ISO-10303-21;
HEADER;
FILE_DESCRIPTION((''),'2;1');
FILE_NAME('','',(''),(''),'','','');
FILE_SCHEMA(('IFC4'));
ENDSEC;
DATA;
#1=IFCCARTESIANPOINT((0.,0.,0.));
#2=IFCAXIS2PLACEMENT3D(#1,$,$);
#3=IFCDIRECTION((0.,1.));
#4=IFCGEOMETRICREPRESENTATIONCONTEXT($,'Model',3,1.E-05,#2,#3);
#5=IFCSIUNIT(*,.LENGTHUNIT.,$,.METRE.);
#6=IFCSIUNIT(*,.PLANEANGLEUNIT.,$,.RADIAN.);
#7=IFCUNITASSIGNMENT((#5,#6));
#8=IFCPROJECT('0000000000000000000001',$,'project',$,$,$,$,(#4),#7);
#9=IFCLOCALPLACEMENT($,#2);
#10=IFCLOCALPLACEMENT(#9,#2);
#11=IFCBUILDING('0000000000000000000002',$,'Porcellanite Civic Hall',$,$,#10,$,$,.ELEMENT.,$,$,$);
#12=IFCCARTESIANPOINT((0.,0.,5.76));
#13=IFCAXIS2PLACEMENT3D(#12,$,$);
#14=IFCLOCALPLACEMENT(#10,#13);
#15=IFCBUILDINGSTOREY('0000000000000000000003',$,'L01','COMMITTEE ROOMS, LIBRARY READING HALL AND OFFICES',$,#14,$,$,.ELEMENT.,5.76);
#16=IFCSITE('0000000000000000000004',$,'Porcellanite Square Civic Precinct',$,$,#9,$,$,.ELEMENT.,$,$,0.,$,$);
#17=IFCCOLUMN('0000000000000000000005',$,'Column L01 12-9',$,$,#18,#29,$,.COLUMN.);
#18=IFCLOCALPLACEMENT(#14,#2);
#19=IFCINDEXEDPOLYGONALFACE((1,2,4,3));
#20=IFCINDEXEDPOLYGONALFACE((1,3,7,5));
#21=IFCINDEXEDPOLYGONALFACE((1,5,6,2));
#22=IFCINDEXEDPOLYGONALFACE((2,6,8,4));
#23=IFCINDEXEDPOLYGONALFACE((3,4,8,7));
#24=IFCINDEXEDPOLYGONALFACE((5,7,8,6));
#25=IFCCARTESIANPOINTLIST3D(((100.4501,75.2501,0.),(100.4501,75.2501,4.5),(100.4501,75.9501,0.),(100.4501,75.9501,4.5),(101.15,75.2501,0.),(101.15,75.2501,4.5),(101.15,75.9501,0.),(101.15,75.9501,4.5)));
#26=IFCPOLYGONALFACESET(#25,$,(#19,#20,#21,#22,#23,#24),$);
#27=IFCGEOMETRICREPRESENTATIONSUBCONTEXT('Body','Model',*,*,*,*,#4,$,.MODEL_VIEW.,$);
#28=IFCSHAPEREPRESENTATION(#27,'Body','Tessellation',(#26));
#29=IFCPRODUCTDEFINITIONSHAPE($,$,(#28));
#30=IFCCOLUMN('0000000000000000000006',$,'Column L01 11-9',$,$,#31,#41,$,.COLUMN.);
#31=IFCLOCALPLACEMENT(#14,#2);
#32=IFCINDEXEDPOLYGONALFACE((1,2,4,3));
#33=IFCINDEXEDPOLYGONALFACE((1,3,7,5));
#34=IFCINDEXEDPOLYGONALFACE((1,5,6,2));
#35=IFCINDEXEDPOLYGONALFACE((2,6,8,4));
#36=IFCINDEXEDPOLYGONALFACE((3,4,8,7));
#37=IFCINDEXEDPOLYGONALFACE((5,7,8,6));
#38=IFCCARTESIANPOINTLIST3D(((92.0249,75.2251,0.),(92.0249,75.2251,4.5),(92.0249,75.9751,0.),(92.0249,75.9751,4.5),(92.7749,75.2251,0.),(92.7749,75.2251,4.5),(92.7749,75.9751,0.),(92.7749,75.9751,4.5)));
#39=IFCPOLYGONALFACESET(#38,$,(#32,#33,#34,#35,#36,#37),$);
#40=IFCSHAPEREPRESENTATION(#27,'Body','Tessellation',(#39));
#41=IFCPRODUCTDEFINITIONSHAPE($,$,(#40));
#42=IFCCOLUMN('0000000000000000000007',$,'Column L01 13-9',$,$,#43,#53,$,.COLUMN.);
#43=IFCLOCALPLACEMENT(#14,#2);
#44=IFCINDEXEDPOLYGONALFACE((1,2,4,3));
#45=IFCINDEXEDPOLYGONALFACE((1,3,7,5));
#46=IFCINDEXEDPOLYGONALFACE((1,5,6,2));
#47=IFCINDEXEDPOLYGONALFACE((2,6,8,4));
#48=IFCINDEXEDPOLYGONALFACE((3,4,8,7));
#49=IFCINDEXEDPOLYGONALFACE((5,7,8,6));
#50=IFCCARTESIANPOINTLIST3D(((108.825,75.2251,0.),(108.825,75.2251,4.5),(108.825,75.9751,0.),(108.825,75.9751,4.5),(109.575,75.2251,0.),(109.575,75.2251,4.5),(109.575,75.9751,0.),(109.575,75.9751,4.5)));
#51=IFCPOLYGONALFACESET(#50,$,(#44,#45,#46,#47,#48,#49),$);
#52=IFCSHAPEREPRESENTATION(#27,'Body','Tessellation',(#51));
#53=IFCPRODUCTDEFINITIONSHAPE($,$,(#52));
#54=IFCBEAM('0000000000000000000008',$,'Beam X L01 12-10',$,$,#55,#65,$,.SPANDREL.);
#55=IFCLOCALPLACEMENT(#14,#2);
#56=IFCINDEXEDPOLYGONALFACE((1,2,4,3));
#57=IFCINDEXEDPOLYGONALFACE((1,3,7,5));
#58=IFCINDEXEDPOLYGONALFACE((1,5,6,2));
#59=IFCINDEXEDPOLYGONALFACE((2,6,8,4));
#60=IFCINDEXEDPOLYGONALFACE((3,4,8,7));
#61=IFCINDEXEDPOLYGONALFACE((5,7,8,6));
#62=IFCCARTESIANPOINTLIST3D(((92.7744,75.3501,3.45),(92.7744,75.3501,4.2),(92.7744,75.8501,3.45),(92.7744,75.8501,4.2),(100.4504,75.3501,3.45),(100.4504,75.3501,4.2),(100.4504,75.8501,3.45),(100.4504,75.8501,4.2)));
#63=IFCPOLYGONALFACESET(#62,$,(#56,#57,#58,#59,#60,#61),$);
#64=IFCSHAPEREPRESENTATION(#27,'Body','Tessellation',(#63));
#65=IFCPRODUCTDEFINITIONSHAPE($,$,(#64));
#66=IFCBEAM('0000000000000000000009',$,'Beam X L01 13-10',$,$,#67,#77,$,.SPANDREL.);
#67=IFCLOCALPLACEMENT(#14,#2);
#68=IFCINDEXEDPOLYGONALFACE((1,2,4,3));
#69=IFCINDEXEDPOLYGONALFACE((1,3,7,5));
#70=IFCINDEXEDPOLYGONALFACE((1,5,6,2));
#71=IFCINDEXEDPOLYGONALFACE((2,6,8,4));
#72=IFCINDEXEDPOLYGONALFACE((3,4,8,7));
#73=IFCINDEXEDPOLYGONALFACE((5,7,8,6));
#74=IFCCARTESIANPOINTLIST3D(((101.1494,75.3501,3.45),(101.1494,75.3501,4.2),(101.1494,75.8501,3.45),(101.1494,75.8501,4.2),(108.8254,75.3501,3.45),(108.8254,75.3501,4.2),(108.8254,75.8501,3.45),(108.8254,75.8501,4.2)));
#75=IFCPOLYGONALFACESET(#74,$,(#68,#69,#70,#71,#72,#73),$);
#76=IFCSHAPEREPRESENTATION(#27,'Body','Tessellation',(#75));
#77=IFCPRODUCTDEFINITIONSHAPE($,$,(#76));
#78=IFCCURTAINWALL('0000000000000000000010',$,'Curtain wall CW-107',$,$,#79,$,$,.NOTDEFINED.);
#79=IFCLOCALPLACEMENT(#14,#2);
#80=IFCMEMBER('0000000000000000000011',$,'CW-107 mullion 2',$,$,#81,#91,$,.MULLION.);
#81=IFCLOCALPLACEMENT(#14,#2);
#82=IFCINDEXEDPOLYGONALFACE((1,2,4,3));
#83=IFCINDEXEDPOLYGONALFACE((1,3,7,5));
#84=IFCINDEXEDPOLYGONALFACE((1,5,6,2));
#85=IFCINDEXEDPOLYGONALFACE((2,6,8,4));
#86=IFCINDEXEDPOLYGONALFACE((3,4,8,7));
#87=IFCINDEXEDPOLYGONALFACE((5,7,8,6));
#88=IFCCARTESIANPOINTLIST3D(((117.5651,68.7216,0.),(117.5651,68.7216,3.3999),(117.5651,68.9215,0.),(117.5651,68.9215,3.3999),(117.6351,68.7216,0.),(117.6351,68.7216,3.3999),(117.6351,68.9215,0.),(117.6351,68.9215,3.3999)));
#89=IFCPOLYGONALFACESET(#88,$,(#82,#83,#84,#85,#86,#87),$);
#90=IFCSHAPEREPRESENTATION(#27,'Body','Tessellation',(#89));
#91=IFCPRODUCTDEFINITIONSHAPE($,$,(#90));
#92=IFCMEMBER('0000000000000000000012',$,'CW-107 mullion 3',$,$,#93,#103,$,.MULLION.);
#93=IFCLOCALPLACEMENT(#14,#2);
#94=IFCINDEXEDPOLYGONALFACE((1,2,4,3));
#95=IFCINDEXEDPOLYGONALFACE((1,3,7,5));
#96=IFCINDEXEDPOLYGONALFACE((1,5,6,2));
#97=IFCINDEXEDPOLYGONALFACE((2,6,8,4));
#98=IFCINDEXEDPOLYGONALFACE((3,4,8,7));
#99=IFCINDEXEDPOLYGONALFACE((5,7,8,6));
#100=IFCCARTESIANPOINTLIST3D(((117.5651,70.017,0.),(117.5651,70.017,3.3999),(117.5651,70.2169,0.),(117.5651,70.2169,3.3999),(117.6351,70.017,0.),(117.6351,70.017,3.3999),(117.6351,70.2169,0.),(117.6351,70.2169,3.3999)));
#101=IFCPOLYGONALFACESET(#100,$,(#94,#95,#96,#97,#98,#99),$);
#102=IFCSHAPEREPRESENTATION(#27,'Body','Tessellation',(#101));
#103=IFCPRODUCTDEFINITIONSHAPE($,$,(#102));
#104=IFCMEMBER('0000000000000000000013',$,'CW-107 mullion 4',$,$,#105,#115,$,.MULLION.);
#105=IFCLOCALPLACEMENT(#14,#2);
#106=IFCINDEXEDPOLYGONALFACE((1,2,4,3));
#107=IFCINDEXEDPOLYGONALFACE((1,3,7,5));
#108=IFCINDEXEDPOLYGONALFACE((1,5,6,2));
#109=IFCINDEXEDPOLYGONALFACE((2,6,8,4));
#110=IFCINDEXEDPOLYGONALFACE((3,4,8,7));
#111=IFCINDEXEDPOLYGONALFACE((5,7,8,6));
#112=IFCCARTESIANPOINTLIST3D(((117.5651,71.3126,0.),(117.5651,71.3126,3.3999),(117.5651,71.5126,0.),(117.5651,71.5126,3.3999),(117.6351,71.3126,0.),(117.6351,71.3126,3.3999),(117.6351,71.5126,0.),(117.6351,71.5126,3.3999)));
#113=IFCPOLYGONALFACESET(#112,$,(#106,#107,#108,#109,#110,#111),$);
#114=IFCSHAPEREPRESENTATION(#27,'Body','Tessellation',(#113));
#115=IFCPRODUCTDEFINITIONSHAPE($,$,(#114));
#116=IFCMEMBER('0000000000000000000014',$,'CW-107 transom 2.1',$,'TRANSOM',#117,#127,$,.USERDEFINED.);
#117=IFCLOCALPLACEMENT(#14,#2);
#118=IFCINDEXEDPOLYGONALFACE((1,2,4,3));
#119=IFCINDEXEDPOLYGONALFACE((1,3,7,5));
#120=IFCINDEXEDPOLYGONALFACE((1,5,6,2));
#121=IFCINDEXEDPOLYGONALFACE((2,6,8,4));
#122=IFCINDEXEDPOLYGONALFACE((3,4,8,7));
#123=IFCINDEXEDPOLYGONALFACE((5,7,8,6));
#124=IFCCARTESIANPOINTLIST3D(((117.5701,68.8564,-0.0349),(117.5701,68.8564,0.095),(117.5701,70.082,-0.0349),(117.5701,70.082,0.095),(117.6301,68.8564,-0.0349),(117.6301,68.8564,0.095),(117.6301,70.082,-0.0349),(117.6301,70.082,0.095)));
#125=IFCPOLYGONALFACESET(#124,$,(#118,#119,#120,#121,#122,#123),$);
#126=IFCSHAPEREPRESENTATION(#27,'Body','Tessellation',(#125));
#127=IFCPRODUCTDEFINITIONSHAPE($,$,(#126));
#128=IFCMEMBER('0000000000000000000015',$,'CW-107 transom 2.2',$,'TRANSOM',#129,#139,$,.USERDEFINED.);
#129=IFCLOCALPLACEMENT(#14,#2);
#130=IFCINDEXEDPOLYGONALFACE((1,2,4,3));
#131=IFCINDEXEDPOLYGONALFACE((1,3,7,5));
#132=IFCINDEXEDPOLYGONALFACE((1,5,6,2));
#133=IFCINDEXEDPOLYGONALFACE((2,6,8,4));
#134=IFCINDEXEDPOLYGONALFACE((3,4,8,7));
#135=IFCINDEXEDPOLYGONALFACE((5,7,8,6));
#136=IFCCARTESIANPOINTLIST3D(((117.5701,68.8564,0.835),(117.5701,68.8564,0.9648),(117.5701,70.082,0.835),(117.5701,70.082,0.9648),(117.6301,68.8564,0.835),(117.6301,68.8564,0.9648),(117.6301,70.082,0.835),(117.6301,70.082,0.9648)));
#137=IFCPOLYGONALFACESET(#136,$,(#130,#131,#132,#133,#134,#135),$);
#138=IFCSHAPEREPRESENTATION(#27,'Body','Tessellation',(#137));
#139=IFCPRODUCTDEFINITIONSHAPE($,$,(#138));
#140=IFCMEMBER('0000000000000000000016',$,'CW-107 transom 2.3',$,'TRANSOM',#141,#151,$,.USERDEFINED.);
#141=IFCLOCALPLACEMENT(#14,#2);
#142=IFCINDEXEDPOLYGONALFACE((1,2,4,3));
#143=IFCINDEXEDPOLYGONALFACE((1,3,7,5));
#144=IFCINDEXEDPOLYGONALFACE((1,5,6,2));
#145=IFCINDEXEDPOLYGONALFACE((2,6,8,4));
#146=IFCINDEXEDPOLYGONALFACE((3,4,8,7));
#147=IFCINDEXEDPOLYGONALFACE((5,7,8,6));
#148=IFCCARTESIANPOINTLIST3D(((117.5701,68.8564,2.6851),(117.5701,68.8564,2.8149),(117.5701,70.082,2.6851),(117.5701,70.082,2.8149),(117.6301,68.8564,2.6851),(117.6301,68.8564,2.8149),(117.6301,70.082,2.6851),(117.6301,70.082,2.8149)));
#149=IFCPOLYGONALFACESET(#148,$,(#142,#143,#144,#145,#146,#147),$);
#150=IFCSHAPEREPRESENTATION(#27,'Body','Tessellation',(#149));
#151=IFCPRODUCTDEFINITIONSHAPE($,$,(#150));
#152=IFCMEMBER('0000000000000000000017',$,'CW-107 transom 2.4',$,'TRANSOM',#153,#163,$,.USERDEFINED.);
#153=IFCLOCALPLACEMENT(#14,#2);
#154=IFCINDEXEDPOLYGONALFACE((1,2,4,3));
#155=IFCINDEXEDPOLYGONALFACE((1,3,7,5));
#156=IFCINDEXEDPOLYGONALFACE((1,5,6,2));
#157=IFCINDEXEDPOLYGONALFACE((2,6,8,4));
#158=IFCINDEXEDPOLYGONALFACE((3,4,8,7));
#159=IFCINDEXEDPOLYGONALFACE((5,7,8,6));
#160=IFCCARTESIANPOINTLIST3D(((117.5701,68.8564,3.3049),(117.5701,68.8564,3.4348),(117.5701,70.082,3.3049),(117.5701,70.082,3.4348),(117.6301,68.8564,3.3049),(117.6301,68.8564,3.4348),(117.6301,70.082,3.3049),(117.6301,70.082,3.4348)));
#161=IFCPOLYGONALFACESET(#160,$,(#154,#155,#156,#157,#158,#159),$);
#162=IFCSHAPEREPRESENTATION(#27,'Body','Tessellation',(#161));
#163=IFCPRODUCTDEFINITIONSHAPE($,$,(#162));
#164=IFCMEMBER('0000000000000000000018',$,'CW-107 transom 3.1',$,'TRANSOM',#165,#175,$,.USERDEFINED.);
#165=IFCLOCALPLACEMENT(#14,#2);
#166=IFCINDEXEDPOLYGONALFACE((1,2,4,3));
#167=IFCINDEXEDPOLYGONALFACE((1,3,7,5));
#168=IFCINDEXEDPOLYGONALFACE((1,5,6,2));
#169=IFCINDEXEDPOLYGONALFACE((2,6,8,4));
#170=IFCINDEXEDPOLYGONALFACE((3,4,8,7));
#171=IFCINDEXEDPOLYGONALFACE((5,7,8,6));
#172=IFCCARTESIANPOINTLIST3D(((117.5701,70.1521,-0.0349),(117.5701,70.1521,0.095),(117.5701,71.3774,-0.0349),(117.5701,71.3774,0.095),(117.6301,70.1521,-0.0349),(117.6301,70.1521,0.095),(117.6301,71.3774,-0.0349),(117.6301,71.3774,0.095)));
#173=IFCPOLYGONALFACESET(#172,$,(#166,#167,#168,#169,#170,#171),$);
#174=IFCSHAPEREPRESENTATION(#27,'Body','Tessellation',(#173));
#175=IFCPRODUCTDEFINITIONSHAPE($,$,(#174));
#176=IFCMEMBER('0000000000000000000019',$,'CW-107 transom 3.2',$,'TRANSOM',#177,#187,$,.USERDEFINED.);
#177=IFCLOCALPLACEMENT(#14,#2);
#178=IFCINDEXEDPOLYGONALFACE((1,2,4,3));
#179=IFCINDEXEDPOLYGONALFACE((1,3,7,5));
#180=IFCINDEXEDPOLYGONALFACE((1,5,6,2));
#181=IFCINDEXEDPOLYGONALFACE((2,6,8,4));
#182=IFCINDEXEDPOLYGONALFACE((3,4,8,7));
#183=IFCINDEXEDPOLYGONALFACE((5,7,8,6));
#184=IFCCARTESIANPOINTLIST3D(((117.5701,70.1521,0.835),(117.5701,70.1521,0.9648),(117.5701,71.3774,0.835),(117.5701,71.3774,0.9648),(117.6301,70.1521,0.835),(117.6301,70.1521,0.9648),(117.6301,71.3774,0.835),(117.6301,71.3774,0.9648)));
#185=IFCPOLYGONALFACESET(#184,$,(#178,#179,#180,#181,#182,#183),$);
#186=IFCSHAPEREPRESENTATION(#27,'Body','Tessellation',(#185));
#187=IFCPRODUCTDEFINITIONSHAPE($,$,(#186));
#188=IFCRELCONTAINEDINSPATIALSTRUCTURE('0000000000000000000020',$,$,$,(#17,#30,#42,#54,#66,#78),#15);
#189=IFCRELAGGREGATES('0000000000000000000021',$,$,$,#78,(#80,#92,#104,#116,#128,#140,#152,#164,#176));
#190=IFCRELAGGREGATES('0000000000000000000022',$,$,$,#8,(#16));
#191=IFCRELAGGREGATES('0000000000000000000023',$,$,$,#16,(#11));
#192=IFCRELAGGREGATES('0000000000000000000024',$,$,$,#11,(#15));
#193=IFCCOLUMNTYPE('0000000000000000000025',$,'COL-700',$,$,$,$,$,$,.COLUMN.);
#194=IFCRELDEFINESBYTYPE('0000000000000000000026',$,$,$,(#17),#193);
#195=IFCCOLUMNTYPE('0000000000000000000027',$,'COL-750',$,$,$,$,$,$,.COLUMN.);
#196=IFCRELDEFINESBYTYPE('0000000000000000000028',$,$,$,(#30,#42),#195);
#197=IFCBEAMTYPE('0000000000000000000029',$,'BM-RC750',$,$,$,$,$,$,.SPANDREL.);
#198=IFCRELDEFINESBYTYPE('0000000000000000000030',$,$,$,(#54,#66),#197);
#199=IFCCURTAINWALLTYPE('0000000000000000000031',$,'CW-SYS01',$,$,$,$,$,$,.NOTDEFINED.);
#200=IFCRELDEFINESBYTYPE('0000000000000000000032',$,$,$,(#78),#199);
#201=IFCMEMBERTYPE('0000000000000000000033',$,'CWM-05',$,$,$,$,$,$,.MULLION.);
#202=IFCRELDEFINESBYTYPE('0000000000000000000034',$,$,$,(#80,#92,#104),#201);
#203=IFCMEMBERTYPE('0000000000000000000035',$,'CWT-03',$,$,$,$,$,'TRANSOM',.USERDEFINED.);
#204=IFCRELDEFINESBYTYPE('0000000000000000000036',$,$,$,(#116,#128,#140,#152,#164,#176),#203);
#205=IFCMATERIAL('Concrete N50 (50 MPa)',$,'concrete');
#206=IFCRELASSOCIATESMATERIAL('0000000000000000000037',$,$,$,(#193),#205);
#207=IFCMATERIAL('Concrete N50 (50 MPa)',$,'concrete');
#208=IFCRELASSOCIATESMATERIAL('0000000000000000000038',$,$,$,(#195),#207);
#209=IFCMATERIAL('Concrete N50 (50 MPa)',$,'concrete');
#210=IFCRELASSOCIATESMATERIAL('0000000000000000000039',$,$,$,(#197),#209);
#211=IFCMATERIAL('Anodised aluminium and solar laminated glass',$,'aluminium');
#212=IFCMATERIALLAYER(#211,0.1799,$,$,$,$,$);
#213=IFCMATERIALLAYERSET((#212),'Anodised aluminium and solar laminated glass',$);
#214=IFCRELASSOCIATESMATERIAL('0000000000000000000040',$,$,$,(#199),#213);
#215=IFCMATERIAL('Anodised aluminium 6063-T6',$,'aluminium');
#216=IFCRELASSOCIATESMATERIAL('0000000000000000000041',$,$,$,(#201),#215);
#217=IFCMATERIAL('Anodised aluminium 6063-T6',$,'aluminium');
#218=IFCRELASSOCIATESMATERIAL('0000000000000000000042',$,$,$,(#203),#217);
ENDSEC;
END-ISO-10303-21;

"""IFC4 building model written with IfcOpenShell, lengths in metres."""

from ifc_helpers import new_model, si_unit, direction, frame, origin, origin_2d, place, context, subcontext, project, spatial, rectangle, extrude, material, layer, layer_set, material_profile, profile_set, type_object, element, aggregate, save


model = new_model("IFC4")

# Units and contexts
model_context = context("Model", 3, precision=1e-05, world=origin(), true_north=direction((0.0, 1.0)))
body_context = subcontext(model_context, "Body", "Model", "MODEL_VIEW")
ifc_project = project(units=[si_unit("LENGTHUNIT", "METRE"), si_unit("PLANEANGLEUNIT", "RADIAN")], contexts=[model_context])

# Site, building, storey
site_placement = place(None, origin())
site = spatial("IfcSite", under=ifc_project, at=site_placement, Name="Porcellanite Square Civic Precinct", CompositionType="ELEMENT", RefElevation=0.0)
building_placement = place(site_placement, origin())
building = spatial("IfcBuilding", under=site, at=building_placement, Name="Porcellanite Civic Hall", CompositionType="ELEMENT")
storey_placement = place(building_placement, frame((0.0, 0.0, 5.76)))
storey = spatial("IfcBuildingStorey", under=building, at=storey_placement, Name="L01", Description="COMMITTEE ROOMS, LIBRARY READING HALL AND OFFICES", CompositionType="ELEMENT", Elevation=5.76)

# Columns
ifc_material_1 = material(Name="Concrete N50 (50 MPa)", Category="concrete")
ifc_material_profile_1 = material_profile(ifc_material_1, rectangle(XDim=0.7, YDim=0.7, at=origin_2d()), Name="RC-700x700")
ifc_profile_set_1 = profile_set([ifc_material_profile_1], Name="Concrete N50 (50 MPa)")
column_type_1 = type_object("IfcColumnType", Name="COL-700", PredefinedType="COLUMN", material=ifc_profile_set_1)
column_placement = place(storey_placement, frame((100.8, 75.6001, 0.0), z_axis=(0.0, 0.0, 1.0), x_axis=(1.0, 0.0, 0.0)))
element("IfcColumn", 1, at=column_placement, inside=storey, type_object=column_type_1, Name="Column L01 12-9", PredefinedType="COLUMN", context=body_context, shape_type="SweptSolid", body=[
    extrude(rectangle(XDim=0.7, YDim=0.7, at=origin_2d()), origin(), (0.0, 0.0, 1.0), 4.5),
])
ifc_material_2 = material(Name="Concrete N50 (50 MPa)", Category="concrete")
ifc_material_profile_2 = material_profile(ifc_material_2, rectangle(XDim=0.75, YDim=0.75, at=origin_2d()), Name="RC-750x750")
ifc_profile_set_2 = profile_set([ifc_material_profile_2], Name="Concrete N50 (50 MPa)")
column_type_2 = type_object("IfcColumnType", Name="COL-750", PredefinedType="COLUMN", material=ifc_profile_set_2)
for number, where, z_axis, x_axis, name in (
    (2, (92.3999, 75.6001, 0.0), (0.0, 0.0, 1.0), (1.0, 0.0, 0.0), "Column L01 11-9"),
    (3, (109.2, 75.6001, 0.0), (0.0, 0.0, 1.0), (1.0, 0.0, 0.0), "Column L01 13-9"),
):
    element("IfcColumn", number, at=place(storey_placement, frame(where, z_axis=z_axis, x_axis=x_axis)), inside=storey, type_object=column_type_2, Name=name, PredefinedType="COLUMN", context=body_context, shape_type="SweptSolid", body=[
        extrude(rectangle(XDim=0.75, YDim=0.75, at=origin_2d()), origin(), (0.0, 0.0, 1.0), 4.5),
    ])

# Beams
ifc_material_3 = material(Name="Concrete N50 (50 MPa)", Category="concrete")
ifc_material_profile_3 = material_profile(ifc_material_3, rectangle(XDim=0.5, YDim=0.75, at=origin_2d()), Name="RC-500x750")
ifc_profile_set_3 = profile_set([ifc_material_profile_3], Name="Concrete N50 (50 MPa)")
beam_type = type_object("IfcBeamType", Name="BM-RC750", PredefinedType="SPANDREL", material=ifc_profile_set_3)
for number, where, z_axis, x_axis, name in (
    (4, (92.7744, 75.6001, 3.825), (1.0, 0.0, 0.0), (0.0, 1.0, 0.0), "Beam X L01 12-10"),
    (5, (101.1494, 75.6001, 3.825), (1.0, 0.0, 0.0), (0.0, 1.0, 0.0), "Beam X L01 13-10"),
):
    element("IfcBeam", number, at=place(storey_placement, frame(where, z_axis=z_axis, x_axis=x_axis)), inside=storey, type_object=beam_type, Name=name, PredefinedType="SPANDREL", context=body_context, shape_type="SweptSolid", body=[
        extrude(rectangle(XDim=0.5, YDim=0.75, at=origin_2d()), origin(), (0.0, 0.0, 1.0), 7.676),
    ])

# Curtain wall, members
ifc_material_4 = material(Name="Anodised aluminium and solar laminated glass", Category="aluminium")
ifc_layer_1 = layer(ifc_material_4, 0.1799)
ifc_layer_set_1 = layer_set([ifc_layer_1], Name="Anodised aluminium and solar laminated glass")
curtain_wall_type = type_object("IfcCurtainWallType", Name="CW-SYS01", PredefinedType="NOTDEFINED", material=ifc_layer_set_1)
curtain_wall_placement = place(storey_placement, origin())
curtain_wall = element("IfcCurtainWall", 6, at=curtain_wall_placement, inside=storey, type_object=curtain_wall_type, Name="Curtain wall CW-107", PredefinedType="NOTDEFINED")
ifc_material_5 = material(Name="Anodised aluminium 6063-T6", Category="aluminium")
ifc_material_profile_4 = material_profile(ifc_material_5, rectangle(XDim=0.0701, YDim=0.2, at=origin_2d()), Name="AL-70x200")
ifc_profile_set_4 = profile_set([ifc_material_profile_4], Name="Anodised aluminium 6063-T6")
member_type_1 = type_object("IfcMemberType", Name="CWM-05", PredefinedType="MULLION", material=ifc_profile_set_4)
member_1_placement = place(storey_placement, frame((117.6001, 68.8215, 0.0), z_axis=(0.0, 0.0, 1.0), x_axis=(-1.0, 0.0, 0.0)))
member_1 = element("IfcMember", 7, at=member_1_placement, type_object=member_type_1, Name="CW-107 mullion 2", PredefinedType="MULLION", context=body_context, shape_type="SweptSolid", body=[
    extrude(rectangle(XDim=0.0701, YDim=0.2, at=origin_2d()), origin(), (0.0, 0.0, 1.0), 3.3999),
])
member_2_placement = place(storey_placement, frame((117.6001, 70.1169, 0.0), z_axis=(0.0, 0.0, 1.0), x_axis=(-1.0, 0.0, 0.0)))
member_2 = element("IfcMember", 8, at=member_2_placement, type_object=member_type_1, Name="CW-107 mullion 3", PredefinedType="MULLION", context=body_context, shape_type="SweptSolid", body=[
    extrude(rectangle(XDim=0.0701, YDim=0.2, at=origin_2d()), origin(), (0.0, 0.0, 1.0), 3.3999),
])
member_3_placement = place(storey_placement, frame((117.6001, 71.4126, 0.0), z_axis=(0.0, 0.0, 1.0), x_axis=(-1.0, 0.0, 0.0)))
member_3 = element("IfcMember", 9, at=member_3_placement, type_object=member_type_1, Name="CW-107 mullion 4", PredefinedType="MULLION", context=body_context, shape_type="SweptSolid", body=[
    extrude(rectangle(XDim=0.0701, YDim=0.2, at=origin_2d()), origin(), (0.0, 0.0, 1.0), 3.3999),
])
ifc_material_6 = material(Name="Anodised aluminium 6063-T6", Category="aluminium")
ifc_material_profile_5 = material_profile(ifc_material_6, rectangle(XDim=0.0601, YDim=0.1299, at=origin_2d()), Name="AL-60x130")
ifc_profile_set_5 = profile_set([ifc_material_profile_5], Name="Anodised aluminium 6063-T6")
member_type_2 = type_object("IfcMemberType", Name="CWT-03", ElementType="TRANSOM", PredefinedType="USERDEFINED", material=ifc_profile_set_5)
member_4_placement = place(storey_placement, frame((117.6001, 68.8564, 0.03), z_axis=(0.0, 1.0, 0.0), x_axis=(-1.0, 0.0, 0.0)))
member_4 = element("IfcMember", 10, at=member_4_placement, type_object=member_type_2, Name="CW-107 transom 2.1", ObjectType="TRANSOM", PredefinedType="USERDEFINED", context=body_context, shape_type="SweptSolid", body=[
    extrude(rectangle(XDim=0.0601, YDim=0.1299, at=origin_2d()), origin(), (0.0, 0.0, 1.0), 1.2256),
])
member_5_placement = place(storey_placement, frame((117.6001, 68.8564, 0.8999), z_axis=(0.0, 1.0, 0.0), x_axis=(-1.0, 0.0, 0.0)))
member_5 = element("IfcMember", 11, at=member_5_placement, type_object=member_type_2, Name="CW-107 transom 2.2", ObjectType="TRANSOM", PredefinedType="USERDEFINED", context=body_context, shape_type="SweptSolid", body=[
    extrude(rectangle(XDim=0.0601, YDim=0.1299, at=origin_2d()), origin(), (0.0, 0.0, 1.0), 1.2256),
])
member_6_placement = place(storey_placement, frame((117.6001, 68.8564, 2.75), z_axis=(0.0, 1.0, 0.0), x_axis=(-1.0, 0.0, 0.0)))
member_6 = element("IfcMember", 12, at=member_6_placement, type_object=member_type_2, Name="CW-107 transom 2.3", ObjectType="TRANSOM", PredefinedType="USERDEFINED", context=body_context, shape_type="SweptSolid", body=[
    extrude(rectangle(XDim=0.0601, YDim=0.1299, at=origin_2d()), origin(), (0.0, 0.0, 1.0), 1.2256),
])
member_7_placement = place(storey_placement, frame((117.6001, 68.8564, 3.3699), z_axis=(0.0, 1.0, 0.0), x_axis=(-1.0, 0.0, 0.0)))
member_7 = element("IfcMember", 13, at=member_7_placement, type_object=member_type_2, Name="CW-107 transom 2.4", ObjectType="TRANSOM", PredefinedType="USERDEFINED", context=body_context, shape_type="SweptSolid", body=[
    extrude(rectangle(XDim=0.0601, YDim=0.1299, at=origin_2d()), origin(), (0.0, 0.0, 1.0), 1.2256),
])
member_8_placement = place(storey_placement, frame((117.6001, 70.1521, 0.03), z_axis=(0.0, 1.0, 0.0), x_axis=(-1.0, 0.0, 0.0)))
member_8 = element("IfcMember", 14, at=member_8_placement, type_object=member_type_2, Name="CW-107 transom 3.1", ObjectType="TRANSOM", PredefinedType="USERDEFINED", context=body_context, shape_type="SweptSolid", body=[
    extrude(rectangle(XDim=0.0601, YDim=0.1299, at=origin_2d()), origin(), (0.0, 0.0, 1.0), 1.2253),
])
member_9_placement = place(storey_placement, frame((117.6001, 70.1521, 0.8999), z_axis=(0.0, 1.0, 0.0), x_axis=(-1.0, 0.0, 0.0)))
member_9 = element("IfcMember", 15, at=member_9_placement, type_object=member_type_2, Name="CW-107 transom 3.2", ObjectType="TRANSOM", PredefinedType="USERDEFINED", context=body_context, shape_type="SweptSolid", body=[
    extrude(rectangle(XDim=0.0601, YDim=0.1299, at=origin_2d()), origin(), (0.0, 0.0, 1.0), 1.2253),
])

aggregate(curtain_wall, [member_1, member_2, member_3, member_4, member_5, member_6, member_7, member_8, member_9])

save(model, "model.ifc")
